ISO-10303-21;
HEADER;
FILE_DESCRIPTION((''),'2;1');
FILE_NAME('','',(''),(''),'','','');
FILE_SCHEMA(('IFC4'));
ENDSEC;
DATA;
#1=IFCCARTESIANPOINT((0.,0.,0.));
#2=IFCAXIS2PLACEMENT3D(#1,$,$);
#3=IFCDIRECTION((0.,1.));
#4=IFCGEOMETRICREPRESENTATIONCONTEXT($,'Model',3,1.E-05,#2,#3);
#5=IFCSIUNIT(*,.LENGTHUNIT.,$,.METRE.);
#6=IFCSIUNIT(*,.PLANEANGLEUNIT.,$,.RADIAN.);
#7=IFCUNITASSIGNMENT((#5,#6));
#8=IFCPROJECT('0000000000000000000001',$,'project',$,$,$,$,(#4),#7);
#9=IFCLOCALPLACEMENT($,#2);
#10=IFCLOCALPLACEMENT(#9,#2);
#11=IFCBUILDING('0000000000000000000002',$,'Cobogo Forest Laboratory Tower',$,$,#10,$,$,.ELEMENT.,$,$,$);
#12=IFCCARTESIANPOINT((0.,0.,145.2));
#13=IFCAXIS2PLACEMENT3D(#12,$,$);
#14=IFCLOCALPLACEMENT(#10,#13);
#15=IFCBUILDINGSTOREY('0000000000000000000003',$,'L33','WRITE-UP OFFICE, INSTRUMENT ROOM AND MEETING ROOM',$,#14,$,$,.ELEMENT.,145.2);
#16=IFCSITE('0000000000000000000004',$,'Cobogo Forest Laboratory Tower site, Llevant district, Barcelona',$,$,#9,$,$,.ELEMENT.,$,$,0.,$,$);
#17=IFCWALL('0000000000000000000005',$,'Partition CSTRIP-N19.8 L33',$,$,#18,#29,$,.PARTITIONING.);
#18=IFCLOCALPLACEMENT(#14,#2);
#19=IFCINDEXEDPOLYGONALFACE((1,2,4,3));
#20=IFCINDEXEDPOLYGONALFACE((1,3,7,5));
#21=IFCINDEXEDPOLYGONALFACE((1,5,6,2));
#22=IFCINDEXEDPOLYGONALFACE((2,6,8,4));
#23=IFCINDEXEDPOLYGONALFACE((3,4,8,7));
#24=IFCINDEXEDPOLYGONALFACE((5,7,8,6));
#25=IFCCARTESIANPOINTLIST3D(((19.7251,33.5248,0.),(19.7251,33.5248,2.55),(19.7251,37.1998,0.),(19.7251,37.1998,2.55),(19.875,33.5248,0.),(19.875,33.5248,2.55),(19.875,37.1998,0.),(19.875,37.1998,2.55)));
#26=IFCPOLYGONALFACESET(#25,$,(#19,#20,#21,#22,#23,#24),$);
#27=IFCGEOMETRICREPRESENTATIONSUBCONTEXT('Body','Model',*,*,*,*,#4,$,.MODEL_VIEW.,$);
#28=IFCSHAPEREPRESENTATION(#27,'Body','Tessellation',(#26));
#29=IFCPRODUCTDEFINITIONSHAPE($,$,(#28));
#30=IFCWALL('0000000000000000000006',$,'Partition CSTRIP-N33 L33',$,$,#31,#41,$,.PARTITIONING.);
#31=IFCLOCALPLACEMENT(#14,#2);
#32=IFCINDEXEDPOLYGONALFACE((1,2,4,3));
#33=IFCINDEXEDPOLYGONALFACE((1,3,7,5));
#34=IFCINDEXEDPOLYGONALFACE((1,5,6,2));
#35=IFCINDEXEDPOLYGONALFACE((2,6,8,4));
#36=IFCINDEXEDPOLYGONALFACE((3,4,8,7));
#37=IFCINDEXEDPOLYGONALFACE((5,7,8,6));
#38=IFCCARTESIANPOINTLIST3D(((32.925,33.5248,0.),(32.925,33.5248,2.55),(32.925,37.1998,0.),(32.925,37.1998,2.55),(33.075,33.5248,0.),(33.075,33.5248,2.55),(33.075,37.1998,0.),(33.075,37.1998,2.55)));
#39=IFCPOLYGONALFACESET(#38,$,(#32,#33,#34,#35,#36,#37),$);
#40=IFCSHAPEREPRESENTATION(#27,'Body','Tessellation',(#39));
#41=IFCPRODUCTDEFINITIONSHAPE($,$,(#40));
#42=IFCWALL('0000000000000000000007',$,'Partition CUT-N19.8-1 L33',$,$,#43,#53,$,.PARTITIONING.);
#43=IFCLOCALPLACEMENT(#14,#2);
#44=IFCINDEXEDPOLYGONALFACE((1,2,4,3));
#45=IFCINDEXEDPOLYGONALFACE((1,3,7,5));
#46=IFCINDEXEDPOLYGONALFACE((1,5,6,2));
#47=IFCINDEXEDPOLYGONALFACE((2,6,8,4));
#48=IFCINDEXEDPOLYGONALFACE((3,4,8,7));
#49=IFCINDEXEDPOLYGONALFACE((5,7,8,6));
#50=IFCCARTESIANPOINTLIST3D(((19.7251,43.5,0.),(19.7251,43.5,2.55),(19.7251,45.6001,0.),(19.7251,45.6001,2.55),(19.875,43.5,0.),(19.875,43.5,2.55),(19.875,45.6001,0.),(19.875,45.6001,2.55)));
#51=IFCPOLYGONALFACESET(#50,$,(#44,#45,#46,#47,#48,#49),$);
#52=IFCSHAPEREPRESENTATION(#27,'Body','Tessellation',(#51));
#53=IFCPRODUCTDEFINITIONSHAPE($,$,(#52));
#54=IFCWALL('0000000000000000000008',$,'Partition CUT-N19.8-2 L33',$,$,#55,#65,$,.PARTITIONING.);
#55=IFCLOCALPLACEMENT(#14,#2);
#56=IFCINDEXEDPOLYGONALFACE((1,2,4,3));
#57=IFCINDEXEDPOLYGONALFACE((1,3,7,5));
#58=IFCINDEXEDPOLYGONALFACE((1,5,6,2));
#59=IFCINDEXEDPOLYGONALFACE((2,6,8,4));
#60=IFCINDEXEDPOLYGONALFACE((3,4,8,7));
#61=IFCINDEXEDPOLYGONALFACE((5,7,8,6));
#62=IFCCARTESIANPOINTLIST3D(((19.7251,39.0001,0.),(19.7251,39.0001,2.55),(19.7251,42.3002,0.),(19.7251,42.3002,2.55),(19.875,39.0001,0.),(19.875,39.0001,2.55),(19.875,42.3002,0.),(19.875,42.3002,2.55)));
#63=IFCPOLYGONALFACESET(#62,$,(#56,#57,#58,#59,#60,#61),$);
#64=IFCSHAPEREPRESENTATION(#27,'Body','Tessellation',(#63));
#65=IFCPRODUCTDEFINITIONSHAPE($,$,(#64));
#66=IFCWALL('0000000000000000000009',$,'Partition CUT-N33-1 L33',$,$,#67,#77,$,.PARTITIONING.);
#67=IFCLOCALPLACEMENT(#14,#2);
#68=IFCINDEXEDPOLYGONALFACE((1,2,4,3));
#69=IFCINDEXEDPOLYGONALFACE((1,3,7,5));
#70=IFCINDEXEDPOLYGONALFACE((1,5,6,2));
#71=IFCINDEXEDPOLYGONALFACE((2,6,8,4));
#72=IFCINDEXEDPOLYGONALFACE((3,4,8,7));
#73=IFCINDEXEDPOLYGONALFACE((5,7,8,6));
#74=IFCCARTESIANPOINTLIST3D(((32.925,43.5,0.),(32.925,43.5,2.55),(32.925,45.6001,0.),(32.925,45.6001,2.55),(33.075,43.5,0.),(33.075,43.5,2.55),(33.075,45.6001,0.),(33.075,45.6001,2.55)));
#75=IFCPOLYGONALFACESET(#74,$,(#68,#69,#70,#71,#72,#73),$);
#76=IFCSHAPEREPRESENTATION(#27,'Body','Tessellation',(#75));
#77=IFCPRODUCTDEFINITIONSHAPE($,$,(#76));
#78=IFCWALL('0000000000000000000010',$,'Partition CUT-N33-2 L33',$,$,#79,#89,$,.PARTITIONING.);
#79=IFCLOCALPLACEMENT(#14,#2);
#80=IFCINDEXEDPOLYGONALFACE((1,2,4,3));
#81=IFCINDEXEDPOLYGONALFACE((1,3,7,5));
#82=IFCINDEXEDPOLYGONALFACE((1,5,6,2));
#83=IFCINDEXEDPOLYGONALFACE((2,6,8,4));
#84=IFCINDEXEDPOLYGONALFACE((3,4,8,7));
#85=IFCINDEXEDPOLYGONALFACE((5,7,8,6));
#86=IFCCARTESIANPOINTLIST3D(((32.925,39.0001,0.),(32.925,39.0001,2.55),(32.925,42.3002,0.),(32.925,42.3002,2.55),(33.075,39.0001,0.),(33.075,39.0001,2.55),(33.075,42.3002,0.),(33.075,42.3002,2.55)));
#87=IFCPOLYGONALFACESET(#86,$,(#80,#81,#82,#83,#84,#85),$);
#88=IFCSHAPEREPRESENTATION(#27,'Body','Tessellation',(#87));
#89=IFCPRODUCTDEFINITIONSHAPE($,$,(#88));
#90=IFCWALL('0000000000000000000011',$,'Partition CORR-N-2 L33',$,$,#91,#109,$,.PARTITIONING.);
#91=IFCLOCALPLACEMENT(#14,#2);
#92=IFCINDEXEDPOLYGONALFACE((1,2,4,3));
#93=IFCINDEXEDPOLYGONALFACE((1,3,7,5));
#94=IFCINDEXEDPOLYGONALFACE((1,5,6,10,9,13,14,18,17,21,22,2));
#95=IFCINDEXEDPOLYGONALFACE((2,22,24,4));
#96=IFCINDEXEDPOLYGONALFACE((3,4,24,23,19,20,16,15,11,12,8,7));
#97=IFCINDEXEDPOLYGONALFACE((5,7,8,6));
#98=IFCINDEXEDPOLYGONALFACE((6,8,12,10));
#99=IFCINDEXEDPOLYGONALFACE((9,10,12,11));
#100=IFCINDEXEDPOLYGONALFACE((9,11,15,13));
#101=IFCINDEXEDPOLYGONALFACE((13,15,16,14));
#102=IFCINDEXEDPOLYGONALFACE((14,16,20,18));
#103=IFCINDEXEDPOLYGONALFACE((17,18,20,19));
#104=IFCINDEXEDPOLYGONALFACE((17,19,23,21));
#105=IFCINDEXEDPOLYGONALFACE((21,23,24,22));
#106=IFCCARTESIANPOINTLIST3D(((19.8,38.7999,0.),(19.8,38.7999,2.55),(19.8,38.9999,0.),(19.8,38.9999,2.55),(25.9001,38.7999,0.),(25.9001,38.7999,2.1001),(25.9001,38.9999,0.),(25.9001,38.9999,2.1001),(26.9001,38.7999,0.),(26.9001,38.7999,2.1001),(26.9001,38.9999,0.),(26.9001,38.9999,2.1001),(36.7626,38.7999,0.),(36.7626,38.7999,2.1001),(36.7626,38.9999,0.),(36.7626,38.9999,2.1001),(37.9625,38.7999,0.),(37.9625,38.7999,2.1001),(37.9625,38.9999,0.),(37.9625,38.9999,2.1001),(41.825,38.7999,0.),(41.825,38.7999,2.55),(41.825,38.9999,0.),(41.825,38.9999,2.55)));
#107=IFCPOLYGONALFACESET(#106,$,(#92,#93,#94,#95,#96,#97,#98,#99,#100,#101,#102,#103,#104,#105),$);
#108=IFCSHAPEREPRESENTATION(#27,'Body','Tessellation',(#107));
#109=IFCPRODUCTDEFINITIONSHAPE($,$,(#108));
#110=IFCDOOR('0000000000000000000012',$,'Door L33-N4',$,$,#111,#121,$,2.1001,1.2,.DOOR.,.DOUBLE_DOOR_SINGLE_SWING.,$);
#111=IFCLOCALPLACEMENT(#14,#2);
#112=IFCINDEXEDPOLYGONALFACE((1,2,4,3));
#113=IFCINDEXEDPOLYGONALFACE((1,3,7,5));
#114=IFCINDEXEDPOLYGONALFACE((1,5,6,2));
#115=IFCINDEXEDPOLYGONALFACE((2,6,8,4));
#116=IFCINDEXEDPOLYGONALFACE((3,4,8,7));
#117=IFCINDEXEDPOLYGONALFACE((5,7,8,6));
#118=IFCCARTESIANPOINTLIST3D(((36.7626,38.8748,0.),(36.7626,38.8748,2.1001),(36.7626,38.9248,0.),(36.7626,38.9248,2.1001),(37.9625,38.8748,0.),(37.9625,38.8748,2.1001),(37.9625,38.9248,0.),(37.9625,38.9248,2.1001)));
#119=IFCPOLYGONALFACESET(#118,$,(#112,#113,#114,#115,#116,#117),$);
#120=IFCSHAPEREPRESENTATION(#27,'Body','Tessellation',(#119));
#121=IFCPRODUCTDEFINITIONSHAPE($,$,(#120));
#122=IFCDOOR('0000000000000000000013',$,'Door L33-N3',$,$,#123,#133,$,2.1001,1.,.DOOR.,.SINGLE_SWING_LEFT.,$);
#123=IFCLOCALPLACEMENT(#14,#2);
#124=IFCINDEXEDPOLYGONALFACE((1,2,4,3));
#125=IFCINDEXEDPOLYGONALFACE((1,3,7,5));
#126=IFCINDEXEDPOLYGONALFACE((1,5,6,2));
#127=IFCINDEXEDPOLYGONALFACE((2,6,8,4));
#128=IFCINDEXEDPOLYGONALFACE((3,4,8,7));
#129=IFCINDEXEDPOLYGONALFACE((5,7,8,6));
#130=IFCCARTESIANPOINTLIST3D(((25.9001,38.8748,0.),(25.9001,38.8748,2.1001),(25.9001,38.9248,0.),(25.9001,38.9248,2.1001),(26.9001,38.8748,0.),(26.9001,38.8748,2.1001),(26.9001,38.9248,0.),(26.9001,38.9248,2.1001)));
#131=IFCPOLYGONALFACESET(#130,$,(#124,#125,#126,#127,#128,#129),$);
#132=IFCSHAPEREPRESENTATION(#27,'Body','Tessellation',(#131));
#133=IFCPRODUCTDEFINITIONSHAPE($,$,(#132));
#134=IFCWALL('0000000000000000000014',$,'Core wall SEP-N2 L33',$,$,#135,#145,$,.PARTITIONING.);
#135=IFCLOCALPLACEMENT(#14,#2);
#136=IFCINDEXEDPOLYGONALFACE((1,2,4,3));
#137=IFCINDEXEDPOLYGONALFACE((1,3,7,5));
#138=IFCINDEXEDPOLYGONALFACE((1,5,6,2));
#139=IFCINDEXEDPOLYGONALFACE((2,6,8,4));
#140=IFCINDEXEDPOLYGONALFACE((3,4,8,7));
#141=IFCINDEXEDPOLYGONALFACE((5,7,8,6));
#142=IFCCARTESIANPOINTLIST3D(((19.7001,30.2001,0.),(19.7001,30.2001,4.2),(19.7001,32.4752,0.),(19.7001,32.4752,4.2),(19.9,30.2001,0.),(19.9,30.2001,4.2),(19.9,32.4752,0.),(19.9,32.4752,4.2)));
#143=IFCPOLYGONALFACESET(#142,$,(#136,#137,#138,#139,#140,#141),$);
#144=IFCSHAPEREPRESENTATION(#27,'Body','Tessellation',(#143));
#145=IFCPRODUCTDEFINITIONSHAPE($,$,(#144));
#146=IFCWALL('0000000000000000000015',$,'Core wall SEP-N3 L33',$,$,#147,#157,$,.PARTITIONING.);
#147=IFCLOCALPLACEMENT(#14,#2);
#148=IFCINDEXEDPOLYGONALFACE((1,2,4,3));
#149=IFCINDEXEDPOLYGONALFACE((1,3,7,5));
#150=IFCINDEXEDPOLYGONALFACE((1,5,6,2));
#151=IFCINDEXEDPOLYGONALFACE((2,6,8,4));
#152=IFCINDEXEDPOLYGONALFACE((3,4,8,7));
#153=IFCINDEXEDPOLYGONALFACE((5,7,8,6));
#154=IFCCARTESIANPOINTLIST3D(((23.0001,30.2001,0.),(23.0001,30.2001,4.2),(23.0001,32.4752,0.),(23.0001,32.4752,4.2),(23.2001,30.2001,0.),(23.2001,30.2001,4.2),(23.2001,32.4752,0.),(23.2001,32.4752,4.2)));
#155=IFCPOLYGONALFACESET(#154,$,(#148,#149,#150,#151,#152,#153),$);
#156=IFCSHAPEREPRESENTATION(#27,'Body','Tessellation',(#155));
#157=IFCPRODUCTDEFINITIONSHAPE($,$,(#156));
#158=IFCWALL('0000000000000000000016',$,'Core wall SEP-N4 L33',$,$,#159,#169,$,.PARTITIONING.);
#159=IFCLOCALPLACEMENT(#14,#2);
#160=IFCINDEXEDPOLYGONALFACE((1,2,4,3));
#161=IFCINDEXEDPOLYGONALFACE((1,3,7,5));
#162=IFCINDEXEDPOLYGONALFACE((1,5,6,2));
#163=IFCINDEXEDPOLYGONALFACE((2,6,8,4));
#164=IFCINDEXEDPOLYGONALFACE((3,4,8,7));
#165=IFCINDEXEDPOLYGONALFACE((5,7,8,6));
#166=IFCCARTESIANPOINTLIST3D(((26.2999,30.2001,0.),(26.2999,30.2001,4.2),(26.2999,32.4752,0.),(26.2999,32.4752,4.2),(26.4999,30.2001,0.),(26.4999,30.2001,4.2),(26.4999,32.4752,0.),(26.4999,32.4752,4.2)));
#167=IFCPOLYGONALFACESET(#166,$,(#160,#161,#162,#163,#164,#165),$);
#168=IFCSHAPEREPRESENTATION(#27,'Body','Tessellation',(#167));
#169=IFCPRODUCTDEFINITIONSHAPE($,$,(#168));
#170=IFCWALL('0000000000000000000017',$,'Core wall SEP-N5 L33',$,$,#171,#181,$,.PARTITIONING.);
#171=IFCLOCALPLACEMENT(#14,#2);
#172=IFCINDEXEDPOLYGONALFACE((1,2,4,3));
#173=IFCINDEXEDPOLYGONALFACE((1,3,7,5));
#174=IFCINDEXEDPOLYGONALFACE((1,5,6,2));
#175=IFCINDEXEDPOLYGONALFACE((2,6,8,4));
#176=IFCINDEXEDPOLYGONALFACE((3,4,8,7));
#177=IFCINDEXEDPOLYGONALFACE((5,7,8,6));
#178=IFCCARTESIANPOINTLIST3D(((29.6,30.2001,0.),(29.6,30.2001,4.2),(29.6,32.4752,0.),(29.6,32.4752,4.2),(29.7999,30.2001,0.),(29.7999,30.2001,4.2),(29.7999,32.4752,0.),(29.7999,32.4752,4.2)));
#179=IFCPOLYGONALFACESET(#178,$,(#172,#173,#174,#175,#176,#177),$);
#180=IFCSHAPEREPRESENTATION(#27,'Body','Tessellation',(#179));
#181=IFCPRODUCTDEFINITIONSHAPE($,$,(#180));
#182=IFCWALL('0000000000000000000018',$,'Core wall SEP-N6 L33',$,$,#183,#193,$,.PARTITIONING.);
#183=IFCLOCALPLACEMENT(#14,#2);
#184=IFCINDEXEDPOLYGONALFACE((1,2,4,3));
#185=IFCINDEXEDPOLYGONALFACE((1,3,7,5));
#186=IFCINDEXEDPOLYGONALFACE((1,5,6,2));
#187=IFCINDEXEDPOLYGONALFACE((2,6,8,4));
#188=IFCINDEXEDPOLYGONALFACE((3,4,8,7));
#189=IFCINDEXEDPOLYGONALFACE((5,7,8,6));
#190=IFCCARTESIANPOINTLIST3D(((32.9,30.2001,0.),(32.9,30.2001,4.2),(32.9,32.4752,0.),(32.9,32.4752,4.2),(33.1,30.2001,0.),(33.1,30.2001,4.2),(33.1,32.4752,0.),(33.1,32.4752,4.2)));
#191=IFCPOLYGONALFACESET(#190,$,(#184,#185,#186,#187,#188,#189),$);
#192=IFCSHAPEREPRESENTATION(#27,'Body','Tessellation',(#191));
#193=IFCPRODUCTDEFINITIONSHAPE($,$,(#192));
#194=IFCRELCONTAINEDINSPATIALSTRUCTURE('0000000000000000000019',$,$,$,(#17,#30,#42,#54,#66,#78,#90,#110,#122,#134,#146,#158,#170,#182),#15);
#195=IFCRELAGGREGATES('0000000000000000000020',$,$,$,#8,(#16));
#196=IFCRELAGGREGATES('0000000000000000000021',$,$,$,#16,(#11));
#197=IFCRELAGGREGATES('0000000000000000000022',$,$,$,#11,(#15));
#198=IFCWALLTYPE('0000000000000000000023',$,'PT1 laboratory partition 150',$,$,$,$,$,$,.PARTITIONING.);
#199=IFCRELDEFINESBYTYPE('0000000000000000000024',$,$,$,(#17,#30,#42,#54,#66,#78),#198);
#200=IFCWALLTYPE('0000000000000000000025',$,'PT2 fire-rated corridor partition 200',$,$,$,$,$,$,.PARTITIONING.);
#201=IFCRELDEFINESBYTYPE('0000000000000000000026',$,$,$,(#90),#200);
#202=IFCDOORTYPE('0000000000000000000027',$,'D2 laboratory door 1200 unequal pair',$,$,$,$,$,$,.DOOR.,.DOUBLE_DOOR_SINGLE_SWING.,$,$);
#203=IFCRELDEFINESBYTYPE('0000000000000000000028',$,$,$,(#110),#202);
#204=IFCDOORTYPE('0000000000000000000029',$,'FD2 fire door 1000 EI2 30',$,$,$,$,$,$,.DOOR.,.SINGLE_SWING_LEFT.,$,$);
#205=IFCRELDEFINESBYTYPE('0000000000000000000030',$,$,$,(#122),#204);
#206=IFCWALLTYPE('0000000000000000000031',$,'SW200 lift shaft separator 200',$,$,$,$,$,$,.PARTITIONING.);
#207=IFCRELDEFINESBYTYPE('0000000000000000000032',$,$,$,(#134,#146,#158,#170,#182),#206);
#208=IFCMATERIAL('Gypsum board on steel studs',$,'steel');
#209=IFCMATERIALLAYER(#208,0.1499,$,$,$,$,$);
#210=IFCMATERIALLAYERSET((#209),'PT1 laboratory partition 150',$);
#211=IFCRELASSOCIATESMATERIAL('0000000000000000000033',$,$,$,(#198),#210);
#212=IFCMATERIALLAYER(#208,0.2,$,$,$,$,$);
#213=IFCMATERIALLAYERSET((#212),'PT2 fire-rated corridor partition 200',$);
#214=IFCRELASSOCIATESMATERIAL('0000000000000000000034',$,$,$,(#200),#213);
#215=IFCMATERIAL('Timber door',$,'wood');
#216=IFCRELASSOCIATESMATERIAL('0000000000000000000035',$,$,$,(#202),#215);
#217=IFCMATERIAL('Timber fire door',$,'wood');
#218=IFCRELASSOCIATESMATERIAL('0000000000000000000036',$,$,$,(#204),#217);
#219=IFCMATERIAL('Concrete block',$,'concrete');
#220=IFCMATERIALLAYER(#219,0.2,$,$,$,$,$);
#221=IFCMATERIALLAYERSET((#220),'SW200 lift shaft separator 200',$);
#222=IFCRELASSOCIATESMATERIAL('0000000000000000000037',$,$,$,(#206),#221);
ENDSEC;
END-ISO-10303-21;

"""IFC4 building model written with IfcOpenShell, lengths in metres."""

from ifc_helpers import new_model, si_unit, direction, frame, frame_2d, origin, place, context, subcontext, project, spatial, rectangle, extrude, material, layer, layer_set, type_object, element, fill, save


model = new_model("IFC4")

# Units and contexts
model_context = context("Model", 3, precision=1e-05, world=origin(), true_north=direction((0.0, 1.0)))
body_context = subcontext(model_context, "Body", "Model", "MODEL_VIEW")
ifc_project = project(units=[si_unit("LENGTHUNIT", "METRE"), si_unit("PLANEANGLEUNIT", "RADIAN")], contexts=[model_context])

# Site, building, storey
site_placement = place(None, origin())
site = spatial("IfcSite", under=ifc_project, at=site_placement, Name="Cobogo Forest Laboratory Tower site, Llevant district, Barcelona", CompositionType="ELEMENT", RefElevation=0.0)
building_placement = place(site_placement, origin())
building = spatial("IfcBuilding", under=site, at=building_placement, Name="Cobogo Forest Laboratory Tower", CompositionType="ELEMENT")
storey_placement = place(building_placement, frame((0.0, 0.0, 145.2)))
storey = spatial("IfcBuildingStorey", under=building, at=storey_placement, Name="L33", Description="WRITE-UP OFFICE, INSTRUMENT ROOM AND MEETING ROOM", CompositionType="ELEMENT", Elevation=145.2)

# Walls
ifc_material_1 = material(Name="Gypsum board on steel studs", Category="steel")
ifc_layer_1 = layer(ifc_material_1, 0.1499)
ifc_layer_set_1 = layer_set([ifc_layer_1], Name="PT1 laboratory partition 150")
wall_type_1 = type_object("IfcWallType", Name="PT1 laboratory partition 150", PredefinedType="PARTITIONING", material=ifc_layer_set_1)
for number, where, z_axis, x_axis, name in (
    (1, (19.8, 33.5249, 0.0), (0.0, 0.0, 1.0), (0.0, 1.0, 0.0), "Partition CSTRIP-N19.8 L33"),
    (2, (33.0, 33.5249, 0.0), (0.0, 0.0, 1.0), (0.0, 1.0, 0.0), "Partition CSTRIP-N33 L33"),
):
    element("IfcWall", number, at=place(storey_placement, frame(where, z_axis=z_axis, x_axis=x_axis)), inside=storey, type_object=wall_type_1, Name=name, PredefinedType="PARTITIONING", context=body_context, shape_type="SweptSolid", body=[
        extrude(rectangle(XDim=3.675, YDim=0.1499, at=frame_2d((1.8374, 0.0))), origin(), (0.0, 0.0, 1.0), 2.55),
    ])
wall_1_placement = place(storey_placement, frame((19.8, 45.6001, 0.0), z_axis=(0.0, 0.0, 1.0), x_axis=(0.0, -1.0, 0.0)))
element("IfcWall", 3, at=wall_1_placement, inside=storey, type_object=wall_type_1, Name="Partition CUT-N19.8-1 L33", PredefinedType="PARTITIONING", context=body_context, shape_type="SweptSolid", body=[
    extrude(rectangle(XDim=2.1001, YDim=0.1499, at=frame_2d((1.05, 0.0))), origin(), (0.0, 0.0, 1.0), 2.55),
])
wall_2_placement = place(storey_placement, frame((19.8, 42.3, 0.0), z_axis=(0.0, 0.0, 1.0), x_axis=(0.0, -1.0, 0.0)))
element("IfcWall", 4, at=wall_2_placement, inside=storey, type_object=wall_type_1, Name="Partition CUT-N19.8-2 L33", PredefinedType="PARTITIONING", context=body_context, shape_type="SweptSolid", body=[
    extrude(rectangle(XDim=3.3, YDim=0.1499, at=frame_2d((1.6499, 0.0))), origin(), (0.0, 0.0, 1.0), 2.55),
])
wall_3_placement = place(storey_placement, frame((33.0, 45.6001, 0.0), z_axis=(0.0, 0.0, 1.0), x_axis=(0.0, -1.0, 0.0)))
element("IfcWall", 5, at=wall_3_placement, inside=storey, type_object=wall_type_1, Name="Partition CUT-N33-1 L33", PredefinedType="PARTITIONING", context=body_context, shape_type="SweptSolid", body=[
    extrude(rectangle(XDim=2.1001, YDim=0.1499, at=frame_2d((1.05, 0.0))), origin(), (0.0, 0.0, 1.0), 2.55),
])
wall_4_placement = place(storey_placement, frame((33.0, 42.3, 0.0), z_axis=(0.0, 0.0, 1.0), x_axis=(0.0, -1.0, 0.0)))
element("IfcWall", 6, at=wall_4_placement, inside=storey, type_object=wall_type_1, Name="Partition CUT-N33-2 L33", PredefinedType="PARTITIONING", context=body_context, shape_type="SweptSolid", body=[
    extrude(rectangle(XDim=3.3, YDim=0.1499, at=frame_2d((1.6499, 0.0))), origin(), (0.0, 0.0, 1.0), 2.55),
])

# Wall, openings, doors
ifc_layer_2 = layer(ifc_material_1, 0.2)
ifc_layer_set_2 = layer_set([ifc_layer_2], Name="PT2 fire-rated corridor partition 200")
wall_type_2 = type_object("IfcWallType", Name="PT2 fire-rated corridor partition 200", PredefinedType="PARTITIONING", material=ifc_layer_set_2)
wall_5_placement = place(storey_placement, frame((19.8, 38.8999, 0.0), z_axis=(0.0, 0.0, 1.0), x_axis=(1.0, 0.0, 0.0)))
wall_5 = element("IfcWall", 7, at=wall_5_placement, inside=storey, type_object=wall_type_2, Name="Partition CORR-N-2 L33", PredefinedType="PARTITIONING", context=body_context, shape_type="SweptSolid", body=[
    extrude(rectangle(XDim=22.0249, YDim=0.2, at=frame_2d((11.0125, 0.0))), origin(), (0.0, 0.0, 1.0), 2.55),
])
opening_1_placement = place(wall_5_placement, frame((6.1001, 0.0, 0.0)))
opening_1 = element("IfcOpeningElement", 8, at=opening_1_placement, cuts=wall_5, PredefinedType="OPENING", context=body_context, shape_type="SweptSolid", body=[
    extrude(rectangle(XDim=1.0, YDim=2.1001, at=frame_2d((0.5, 1.05))), frame((0.0, 0.1099, 0.0), z_axis=(0.0, -1.0, 0.0), x_axis=(1.0, 0.0, 0.0)), (0.0, 0.0, 1.0), 0.22),
])
opening_2_placement = place(wall_5_placement, frame((16.9624, 0.0, 0.0)))
opening_2 = element("IfcOpeningElement", 9, at=opening_2_placement, cuts=wall_5, PredefinedType="OPENING", context=body_context, shape_type="SweptSolid", body=[
    extrude(rectangle(XDim=1.2, YDim=2.1001, at=frame_2d((0.6001, 1.05))), frame((0.0, 0.1099, 0.0), z_axis=(0.0, -1.0, 0.0), x_axis=(1.0, 0.0, 0.0)), (0.0, 0.0, 1.0), 0.22),
])
ifc_material_2 = material(Name="Timber door", Category="wood")
door_type_1 = type_object("IfcDoorType", Name="D2 laboratory door 1200 unequal pair", OperationType="DOUBLE_DOOR_SINGLE_SWING", PredefinedType="DOOR", material=ifc_material_2)
door_1_placement = place(opening_2_placement, origin())
door_1 = element("IfcDoor", 10, at=door_1_placement, inside=storey, type_object=door_type_1, Name="Door L33-N4", OperationType="DOUBLE_DOOR_SINGLE_SWING", OverallHeight=2.1001, OverallWidth=1.2, PredefinedType="DOOR", context=body_context, shape_type="SweptSolid", body=[
    extrude(rectangle(XDim=1.2, YDim=2.1001, at=frame_2d((0.6001, 1.05))), frame((0.0, 0.0249, 0.0), z_axis=(0.0, -1.0, 0.0), x_axis=(1.0, 0.0, 0.0)), (0.0, 0.0, 1.0), 0.05),
])
fill(opening_2, door_1)
ifc_material_3 = material(Name="Timber fire door", Category="wood")
door_type_2 = type_object("IfcDoorType", Name="FD2 fire door 1000 EI2 30", OperationType="SINGLE_SWING_LEFT", PredefinedType="DOOR", material=ifc_material_3)
door_2_placement = place(opening_1_placement, origin())
door_2 = element("IfcDoor", 11, at=door_2_placement, inside=storey, type_object=door_type_2, Name="Door L33-N3", OperationType="SINGLE_SWING_LEFT", OverallHeight=2.1001, OverallWidth=1.0, PredefinedType="DOOR", context=body_context, shape_type="SweptSolid", body=[
    extrude(rectangle(XDim=1.0, YDim=2.1001, at=frame_2d((0.5, 1.05))), frame((0.0, 0.0249, 0.0), z_axis=(0.0, -1.0, 0.0), x_axis=(1.0, 0.0, 0.0)), (0.0, 0.0, 1.0), 0.05),
])
fill(opening_1, door_2)

# Walls
ifc_material_4 = material(Name="Concrete block", Category="concrete")
ifc_layer_3 = layer(ifc_material_4, 0.2)
ifc_layer_set_3 = layer_set([ifc_layer_3], Name="SW200 lift shaft separator 200")
wall_type_3 = type_object("IfcWallType", Name="SW200 lift shaft separator 200", PredefinedType="PARTITIONING", material=ifc_layer_set_3)
for number, where, z_axis, x_axis, name in (
    (12, (19.8, 30.2, 0.0), (0.0, 0.0, 1.0), (0.0, 1.0, 0.0), "Core wall SEP-N2 L33"),
    (13, (23.1001, 30.2, 0.0), (0.0, 0.0, 1.0), (0.0, 1.0, 0.0), "Core wall SEP-N3 L33"),
    (14, (26.3999, 30.2, 0.0), (0.0, 0.0, 1.0), (0.0, 1.0, 0.0), "Core wall SEP-N4 L33"),
    (15, (29.7, 30.2, 0.0), (0.0, 0.0, 1.0), (0.0, 1.0, 0.0), "Core wall SEP-N5 L33"),
    (16, (33.0, 30.2, 0.0), (0.0, 0.0, 1.0), (0.0, 1.0, 0.0), "Core wall SEP-N6 L33"),
):
    element("IfcWall", number, at=place(storey_placement, frame(where, z_axis=z_axis, x_axis=x_axis)), inside=storey, type_object=wall_type_3, Name=name, PredefinedType="PARTITIONING", context=body_context, shape_type="SweptSolid", body=[
        extrude(rectangle(XDim=2.2751, YDim=0.2, at=frame_2d((1.1377, 0.0))), origin(), (0.0, 0.0, 1.0), 4.2),
    ])

save(model, "model.ifc")
